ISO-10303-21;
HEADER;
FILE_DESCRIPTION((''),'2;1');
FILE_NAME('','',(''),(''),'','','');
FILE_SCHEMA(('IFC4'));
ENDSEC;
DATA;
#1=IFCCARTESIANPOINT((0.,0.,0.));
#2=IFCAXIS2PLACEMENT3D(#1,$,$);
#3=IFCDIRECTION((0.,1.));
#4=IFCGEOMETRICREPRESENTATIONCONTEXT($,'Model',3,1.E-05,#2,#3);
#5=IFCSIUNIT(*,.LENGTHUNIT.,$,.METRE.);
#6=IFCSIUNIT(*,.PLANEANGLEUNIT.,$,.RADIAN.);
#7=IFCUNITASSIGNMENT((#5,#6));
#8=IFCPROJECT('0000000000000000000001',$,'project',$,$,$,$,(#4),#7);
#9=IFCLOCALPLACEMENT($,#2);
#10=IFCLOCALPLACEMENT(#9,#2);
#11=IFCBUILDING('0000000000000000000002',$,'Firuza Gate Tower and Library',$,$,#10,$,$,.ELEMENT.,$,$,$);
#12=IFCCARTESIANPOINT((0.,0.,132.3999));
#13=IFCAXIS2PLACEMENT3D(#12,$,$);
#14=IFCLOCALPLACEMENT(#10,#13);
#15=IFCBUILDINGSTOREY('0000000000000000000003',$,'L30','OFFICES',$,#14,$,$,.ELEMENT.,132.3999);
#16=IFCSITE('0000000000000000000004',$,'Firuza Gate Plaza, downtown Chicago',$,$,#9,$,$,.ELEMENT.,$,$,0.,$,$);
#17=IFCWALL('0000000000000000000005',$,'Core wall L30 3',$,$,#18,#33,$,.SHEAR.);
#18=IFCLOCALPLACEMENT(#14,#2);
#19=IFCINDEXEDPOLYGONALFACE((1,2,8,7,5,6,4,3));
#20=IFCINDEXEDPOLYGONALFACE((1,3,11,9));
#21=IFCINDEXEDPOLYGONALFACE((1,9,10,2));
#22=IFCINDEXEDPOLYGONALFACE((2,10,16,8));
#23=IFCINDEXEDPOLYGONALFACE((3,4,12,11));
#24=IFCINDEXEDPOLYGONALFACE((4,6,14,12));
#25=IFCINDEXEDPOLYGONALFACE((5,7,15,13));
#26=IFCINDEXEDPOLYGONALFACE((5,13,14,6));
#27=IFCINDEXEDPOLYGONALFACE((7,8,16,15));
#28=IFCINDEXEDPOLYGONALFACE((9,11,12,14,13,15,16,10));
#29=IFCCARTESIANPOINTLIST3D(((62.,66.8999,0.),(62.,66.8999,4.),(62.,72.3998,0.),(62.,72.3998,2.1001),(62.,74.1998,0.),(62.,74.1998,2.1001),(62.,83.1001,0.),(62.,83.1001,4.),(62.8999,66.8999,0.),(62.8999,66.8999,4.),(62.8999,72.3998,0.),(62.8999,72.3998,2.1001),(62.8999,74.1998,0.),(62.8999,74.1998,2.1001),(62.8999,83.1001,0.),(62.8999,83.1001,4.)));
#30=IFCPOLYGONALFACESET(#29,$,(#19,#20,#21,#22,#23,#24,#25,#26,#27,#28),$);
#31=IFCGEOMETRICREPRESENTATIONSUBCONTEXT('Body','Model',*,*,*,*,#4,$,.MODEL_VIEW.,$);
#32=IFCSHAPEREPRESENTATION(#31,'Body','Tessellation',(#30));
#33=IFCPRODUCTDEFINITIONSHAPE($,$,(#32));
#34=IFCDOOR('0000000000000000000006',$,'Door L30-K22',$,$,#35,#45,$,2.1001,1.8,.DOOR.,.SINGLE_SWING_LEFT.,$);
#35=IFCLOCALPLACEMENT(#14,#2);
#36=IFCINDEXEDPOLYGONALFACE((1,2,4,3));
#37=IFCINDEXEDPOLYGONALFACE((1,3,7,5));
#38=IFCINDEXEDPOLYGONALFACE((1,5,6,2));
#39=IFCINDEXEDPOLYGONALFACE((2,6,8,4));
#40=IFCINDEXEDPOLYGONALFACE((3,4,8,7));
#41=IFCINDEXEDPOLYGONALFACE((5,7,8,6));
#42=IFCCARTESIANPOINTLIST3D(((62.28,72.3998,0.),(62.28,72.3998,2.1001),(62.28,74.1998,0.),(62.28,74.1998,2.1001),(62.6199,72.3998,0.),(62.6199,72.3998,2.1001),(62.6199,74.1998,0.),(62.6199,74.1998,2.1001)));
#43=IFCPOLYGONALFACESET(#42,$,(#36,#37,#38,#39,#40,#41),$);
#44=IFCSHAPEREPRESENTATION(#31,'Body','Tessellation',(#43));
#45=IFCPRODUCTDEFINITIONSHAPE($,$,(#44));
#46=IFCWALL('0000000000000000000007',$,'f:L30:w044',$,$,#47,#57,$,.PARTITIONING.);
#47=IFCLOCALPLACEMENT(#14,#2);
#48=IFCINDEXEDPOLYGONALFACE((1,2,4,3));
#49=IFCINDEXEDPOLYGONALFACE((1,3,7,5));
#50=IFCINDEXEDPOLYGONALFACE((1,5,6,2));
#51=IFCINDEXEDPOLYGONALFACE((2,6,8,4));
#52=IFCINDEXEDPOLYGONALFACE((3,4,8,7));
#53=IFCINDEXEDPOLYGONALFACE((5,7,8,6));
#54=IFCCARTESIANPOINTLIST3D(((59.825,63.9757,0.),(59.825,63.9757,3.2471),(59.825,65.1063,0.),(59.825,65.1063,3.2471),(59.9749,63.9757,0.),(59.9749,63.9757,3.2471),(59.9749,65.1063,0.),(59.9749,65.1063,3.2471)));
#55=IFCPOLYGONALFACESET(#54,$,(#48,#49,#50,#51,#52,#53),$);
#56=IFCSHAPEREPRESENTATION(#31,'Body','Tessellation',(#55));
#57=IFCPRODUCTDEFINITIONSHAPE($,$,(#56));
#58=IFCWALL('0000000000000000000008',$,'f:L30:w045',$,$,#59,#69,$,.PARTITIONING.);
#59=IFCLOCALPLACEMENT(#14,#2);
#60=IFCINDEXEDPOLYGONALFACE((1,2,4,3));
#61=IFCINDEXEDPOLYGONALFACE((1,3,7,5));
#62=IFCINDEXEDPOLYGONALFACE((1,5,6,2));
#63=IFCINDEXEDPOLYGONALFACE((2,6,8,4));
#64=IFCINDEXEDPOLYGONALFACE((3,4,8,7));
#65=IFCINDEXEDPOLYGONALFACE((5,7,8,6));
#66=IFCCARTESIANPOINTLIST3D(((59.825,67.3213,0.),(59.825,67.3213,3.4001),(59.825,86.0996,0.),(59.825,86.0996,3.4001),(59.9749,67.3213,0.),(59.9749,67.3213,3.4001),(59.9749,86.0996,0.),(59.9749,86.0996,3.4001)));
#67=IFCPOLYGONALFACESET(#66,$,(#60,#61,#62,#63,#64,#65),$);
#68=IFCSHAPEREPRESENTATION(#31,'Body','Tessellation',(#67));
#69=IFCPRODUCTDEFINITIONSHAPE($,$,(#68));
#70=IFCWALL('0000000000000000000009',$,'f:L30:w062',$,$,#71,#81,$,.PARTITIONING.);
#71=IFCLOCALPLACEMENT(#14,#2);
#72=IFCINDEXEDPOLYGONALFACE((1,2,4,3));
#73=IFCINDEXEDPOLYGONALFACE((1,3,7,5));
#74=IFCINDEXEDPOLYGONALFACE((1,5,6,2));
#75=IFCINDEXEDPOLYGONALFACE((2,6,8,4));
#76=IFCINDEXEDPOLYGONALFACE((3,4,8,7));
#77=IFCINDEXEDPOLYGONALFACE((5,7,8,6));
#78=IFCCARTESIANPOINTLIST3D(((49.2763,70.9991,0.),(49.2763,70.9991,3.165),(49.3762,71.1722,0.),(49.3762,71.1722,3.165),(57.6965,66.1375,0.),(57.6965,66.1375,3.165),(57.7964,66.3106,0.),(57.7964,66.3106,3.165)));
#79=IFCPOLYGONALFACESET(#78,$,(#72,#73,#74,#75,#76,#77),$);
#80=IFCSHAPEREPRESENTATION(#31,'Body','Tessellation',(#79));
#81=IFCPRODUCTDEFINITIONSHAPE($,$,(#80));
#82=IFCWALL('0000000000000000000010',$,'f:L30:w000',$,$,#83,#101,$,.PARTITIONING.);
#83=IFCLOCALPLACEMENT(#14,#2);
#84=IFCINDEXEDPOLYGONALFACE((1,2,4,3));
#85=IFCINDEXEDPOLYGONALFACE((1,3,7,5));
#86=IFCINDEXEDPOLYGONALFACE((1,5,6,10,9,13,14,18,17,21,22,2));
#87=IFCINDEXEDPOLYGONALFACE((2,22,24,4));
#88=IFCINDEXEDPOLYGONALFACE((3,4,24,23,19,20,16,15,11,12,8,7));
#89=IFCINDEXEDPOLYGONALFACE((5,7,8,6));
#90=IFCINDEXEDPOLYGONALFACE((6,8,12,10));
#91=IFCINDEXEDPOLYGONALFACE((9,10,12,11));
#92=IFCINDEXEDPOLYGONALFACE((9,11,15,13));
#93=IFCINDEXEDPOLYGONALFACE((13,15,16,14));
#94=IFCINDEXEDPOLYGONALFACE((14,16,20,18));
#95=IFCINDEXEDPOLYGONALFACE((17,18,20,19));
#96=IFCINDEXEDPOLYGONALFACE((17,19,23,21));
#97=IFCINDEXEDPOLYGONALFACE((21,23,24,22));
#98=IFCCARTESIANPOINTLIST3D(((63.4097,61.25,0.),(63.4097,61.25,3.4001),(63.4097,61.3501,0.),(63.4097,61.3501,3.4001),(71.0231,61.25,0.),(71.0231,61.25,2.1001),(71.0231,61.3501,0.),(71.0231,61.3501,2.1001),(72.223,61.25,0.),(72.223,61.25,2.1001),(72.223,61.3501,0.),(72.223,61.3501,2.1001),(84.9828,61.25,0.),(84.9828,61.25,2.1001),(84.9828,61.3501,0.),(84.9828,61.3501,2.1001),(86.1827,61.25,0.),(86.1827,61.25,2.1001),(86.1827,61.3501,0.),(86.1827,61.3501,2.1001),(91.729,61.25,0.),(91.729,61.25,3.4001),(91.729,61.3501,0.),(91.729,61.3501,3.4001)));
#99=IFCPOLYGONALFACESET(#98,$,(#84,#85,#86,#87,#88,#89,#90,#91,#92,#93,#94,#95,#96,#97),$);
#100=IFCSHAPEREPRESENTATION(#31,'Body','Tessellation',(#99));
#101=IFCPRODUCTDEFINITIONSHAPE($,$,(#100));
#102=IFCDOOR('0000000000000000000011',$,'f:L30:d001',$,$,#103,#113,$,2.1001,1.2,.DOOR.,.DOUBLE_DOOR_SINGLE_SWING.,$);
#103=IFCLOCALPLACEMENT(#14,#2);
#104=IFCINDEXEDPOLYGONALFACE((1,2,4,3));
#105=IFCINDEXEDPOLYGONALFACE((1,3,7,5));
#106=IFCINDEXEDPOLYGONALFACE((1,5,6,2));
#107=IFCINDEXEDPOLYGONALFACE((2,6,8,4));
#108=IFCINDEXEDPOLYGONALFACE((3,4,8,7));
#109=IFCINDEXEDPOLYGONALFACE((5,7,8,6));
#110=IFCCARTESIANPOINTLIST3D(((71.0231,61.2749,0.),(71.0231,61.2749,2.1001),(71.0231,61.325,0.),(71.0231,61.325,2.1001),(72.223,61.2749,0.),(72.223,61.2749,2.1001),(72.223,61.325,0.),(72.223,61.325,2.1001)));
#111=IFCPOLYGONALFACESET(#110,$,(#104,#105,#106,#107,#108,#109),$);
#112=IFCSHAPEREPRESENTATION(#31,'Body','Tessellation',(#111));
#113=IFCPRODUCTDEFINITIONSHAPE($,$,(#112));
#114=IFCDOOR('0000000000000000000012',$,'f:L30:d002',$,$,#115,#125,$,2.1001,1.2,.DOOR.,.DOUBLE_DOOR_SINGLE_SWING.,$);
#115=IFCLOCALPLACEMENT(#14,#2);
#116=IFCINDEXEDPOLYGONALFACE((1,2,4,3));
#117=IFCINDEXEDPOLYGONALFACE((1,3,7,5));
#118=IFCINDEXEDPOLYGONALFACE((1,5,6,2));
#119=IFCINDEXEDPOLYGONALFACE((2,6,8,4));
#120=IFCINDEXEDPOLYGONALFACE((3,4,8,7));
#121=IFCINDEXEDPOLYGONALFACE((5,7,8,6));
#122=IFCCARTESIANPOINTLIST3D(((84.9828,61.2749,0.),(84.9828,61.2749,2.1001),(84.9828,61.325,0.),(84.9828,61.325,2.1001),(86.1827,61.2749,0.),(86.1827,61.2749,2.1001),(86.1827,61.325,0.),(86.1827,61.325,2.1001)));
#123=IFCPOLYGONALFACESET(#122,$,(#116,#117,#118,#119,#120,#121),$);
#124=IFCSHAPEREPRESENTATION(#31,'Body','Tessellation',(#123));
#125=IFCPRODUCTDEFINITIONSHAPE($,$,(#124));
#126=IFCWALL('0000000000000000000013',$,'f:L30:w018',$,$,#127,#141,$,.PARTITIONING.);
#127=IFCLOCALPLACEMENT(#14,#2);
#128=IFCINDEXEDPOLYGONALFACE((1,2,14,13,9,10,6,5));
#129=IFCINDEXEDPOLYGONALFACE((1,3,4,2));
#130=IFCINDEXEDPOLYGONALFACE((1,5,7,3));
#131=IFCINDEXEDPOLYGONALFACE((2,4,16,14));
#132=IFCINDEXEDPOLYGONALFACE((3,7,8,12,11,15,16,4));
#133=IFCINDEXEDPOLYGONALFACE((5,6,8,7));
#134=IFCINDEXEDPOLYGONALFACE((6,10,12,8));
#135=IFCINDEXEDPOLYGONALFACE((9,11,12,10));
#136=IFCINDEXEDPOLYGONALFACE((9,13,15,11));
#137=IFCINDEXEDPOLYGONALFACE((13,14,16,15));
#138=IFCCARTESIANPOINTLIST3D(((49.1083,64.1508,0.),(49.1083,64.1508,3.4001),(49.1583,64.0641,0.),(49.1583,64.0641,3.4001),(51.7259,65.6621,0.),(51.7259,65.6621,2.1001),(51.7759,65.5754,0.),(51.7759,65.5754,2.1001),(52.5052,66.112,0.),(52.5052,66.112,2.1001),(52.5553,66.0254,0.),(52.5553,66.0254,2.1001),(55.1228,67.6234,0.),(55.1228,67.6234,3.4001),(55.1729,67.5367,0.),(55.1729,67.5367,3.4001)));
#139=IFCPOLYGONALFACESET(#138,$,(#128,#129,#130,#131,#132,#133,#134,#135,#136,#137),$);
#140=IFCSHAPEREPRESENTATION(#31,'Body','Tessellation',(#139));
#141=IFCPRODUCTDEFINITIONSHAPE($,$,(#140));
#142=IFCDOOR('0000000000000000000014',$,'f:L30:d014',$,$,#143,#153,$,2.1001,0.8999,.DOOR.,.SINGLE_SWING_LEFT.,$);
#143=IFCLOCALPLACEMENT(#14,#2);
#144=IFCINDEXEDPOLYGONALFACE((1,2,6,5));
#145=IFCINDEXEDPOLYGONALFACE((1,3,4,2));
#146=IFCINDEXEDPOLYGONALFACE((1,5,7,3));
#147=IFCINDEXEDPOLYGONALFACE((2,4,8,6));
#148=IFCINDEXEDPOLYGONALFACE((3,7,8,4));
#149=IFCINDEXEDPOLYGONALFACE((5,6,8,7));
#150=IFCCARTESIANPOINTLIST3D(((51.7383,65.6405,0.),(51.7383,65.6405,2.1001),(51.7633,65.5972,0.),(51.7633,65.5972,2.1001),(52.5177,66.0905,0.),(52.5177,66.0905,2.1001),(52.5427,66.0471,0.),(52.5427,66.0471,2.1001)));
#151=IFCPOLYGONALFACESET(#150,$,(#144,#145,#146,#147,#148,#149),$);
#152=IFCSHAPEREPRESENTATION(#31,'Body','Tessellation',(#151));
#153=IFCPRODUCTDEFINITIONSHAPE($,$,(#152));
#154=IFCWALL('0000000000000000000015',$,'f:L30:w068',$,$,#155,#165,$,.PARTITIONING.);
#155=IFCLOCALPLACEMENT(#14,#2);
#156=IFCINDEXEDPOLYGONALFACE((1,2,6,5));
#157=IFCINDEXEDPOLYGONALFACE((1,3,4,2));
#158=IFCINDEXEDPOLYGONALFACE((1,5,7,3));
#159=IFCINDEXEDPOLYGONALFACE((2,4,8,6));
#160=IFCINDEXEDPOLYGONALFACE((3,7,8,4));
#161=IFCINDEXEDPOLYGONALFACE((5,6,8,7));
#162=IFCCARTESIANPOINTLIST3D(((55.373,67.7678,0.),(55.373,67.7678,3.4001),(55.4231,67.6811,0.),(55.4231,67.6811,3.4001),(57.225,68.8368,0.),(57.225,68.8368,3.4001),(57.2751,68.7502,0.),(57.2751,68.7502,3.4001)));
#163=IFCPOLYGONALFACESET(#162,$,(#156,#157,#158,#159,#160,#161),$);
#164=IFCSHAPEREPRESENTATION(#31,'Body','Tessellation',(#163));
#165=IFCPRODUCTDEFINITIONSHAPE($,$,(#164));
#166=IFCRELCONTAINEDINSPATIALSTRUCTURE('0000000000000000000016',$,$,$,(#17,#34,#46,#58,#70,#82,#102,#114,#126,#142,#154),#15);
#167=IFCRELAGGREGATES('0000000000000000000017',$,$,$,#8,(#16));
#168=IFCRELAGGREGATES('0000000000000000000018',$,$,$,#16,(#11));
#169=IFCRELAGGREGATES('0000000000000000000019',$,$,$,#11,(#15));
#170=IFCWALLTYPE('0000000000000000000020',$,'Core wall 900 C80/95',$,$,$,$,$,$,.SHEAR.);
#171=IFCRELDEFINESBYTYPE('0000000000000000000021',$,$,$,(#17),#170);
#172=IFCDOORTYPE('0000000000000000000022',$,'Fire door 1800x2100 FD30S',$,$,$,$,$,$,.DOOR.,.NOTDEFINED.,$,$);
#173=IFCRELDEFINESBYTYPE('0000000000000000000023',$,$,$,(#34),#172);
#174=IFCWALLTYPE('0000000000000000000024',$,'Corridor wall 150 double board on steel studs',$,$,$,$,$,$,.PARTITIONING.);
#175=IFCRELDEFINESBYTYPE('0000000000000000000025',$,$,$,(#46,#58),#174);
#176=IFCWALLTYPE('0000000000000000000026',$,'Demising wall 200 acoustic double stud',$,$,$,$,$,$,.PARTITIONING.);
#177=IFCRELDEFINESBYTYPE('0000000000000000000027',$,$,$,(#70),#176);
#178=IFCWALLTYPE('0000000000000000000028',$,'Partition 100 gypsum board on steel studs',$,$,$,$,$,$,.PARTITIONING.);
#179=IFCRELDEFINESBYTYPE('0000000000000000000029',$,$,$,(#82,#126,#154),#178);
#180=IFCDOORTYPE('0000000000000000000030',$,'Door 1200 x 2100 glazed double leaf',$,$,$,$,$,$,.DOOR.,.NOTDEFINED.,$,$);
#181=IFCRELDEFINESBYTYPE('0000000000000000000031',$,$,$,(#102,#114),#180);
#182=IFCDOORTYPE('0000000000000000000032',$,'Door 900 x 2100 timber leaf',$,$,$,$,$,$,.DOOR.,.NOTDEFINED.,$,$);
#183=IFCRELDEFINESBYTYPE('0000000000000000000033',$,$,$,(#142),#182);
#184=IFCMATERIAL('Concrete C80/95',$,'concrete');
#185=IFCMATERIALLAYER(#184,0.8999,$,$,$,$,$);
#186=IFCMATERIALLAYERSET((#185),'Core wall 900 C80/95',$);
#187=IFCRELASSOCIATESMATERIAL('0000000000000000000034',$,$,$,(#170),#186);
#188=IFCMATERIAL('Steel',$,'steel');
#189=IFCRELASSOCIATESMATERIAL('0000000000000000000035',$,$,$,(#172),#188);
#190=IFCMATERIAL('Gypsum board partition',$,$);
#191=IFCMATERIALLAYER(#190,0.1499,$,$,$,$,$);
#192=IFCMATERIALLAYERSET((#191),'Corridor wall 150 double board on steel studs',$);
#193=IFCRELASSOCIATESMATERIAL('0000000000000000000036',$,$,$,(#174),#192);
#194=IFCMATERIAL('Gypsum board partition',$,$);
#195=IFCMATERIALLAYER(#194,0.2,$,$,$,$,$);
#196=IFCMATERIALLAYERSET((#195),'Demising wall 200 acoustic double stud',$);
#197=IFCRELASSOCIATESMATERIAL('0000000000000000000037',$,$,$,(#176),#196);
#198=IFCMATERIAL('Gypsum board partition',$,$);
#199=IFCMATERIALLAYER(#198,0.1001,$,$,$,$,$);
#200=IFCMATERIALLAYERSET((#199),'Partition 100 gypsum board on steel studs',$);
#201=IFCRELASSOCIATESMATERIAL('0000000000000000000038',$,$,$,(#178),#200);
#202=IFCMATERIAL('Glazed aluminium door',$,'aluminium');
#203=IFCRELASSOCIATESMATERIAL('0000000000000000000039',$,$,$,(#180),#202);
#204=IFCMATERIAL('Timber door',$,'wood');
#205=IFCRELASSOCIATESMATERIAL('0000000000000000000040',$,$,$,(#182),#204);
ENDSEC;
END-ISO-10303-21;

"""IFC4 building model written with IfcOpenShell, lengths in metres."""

from ifc_helpers import new_model, si_unit, direction, frame, frame_2d, origin, place, context, subcontext, project, spatial, rectangle, extrude, material, layer, layer_set, type_object, element, fill, save


model = new_model("IFC4")

# Units and contexts
model_context = context("Model", 3, precision=1e-05, world=origin(), true_north=direction((0.0, 1.0)))
body_context = subcontext(model_context, "Body", "Model", "MODEL_VIEW")
ifc_project = project(units=[si_unit("LENGTHUNIT", "METRE"), si_unit("PLANEANGLEUNIT", "RADIAN")], contexts=[model_context])

# Site, building, storey
site_placement = place(None, origin())
site = spatial("IfcSite", under=ifc_project, at=site_placement, Name="Firuza Gate Plaza, downtown Chicago", CompositionType="ELEMENT", RefElevation=0.0)
building_placement = place(site_placement, origin())
building = spatial("IfcBuilding", under=site, at=building_placement, Name="Firuza Gate Tower and Library", CompositionType="ELEMENT")
storey_placement = place(building_placement, frame((0.0, 0.0, 132.3999)))
storey = spatial("IfcBuildingStorey", under=building, at=storey_placement, Name="L30", Description="OFFICES", CompositionType="ELEMENT", Elevation=132.3999)

# Shared definitions
ifc_material_1 = material(Name="Concrete C80/95", Category="concrete")
ifc_layer_1 = layer(ifc_material_1, 0.8999)
ifc_layer_set_1 = layer_set([ifc_layer_1], Name="Core wall 900 C80/95")
wall_type_1 = type_object("IfcWallType", Name="Core wall 900 C80/95", PredefinedType="SHEAR", material=ifc_layer_set_1)

# Wall, opening, door
wall_1_placement = place(storey_placement, frame((62.45, 66.8999, 0.0), z_axis=(0.0, 0.0, 1.0), x_axis=(0.0, 1.0, 0.0)))
wall_1 = element("IfcWall", 1, at=wall_1_placement, inside=storey, type_object=wall_type_1, Name="Core wall L30 3", PredefinedType="SHEAR", context=body_context, shape_type="SweptSolid", body=[
    extrude(rectangle(XDim=16.2002, YDim=0.8999, at=frame_2d((8.1001, 0.0))), origin(), (0.0, 0.0, 1.0), 4.0),
])
opening_1_placement = place(wall_1_placement, frame((5.5, 0.0, 0.0)))
opening_1 = element("IfcOpeningElement", 2, at=opening_1_placement, cuts=wall_1, PredefinedType="OPENING", context=body_context, shape_type="SweptSolid", body=[
    extrude(rectangle(XDim=1.8, YDim=2.1001, at=frame_2d((0.8999, 1.05))), frame((0.0, 0.46, 0.0), z_axis=(0.0, -1.0, 0.0), x_axis=(1.0, 0.0, 0.0)), (0.0, 0.0, 1.0), 0.9199),
])
ifc_material_2 = material(Name="Steel", Category="steel")
door_type_1 = type_object("IfcDoorType", Name="Fire door 1800x2100 FD30S", OperationType="NOTDEFINED", PredefinedType="DOOR", material=ifc_material_2)
door_1_placement = place(opening_1_placement, origin())
door_1 = element("IfcDoor", 3, at=door_1_placement, inside=storey, type_object=door_type_1, Name="Door L30-K22", OperationType="SINGLE_SWING_LEFT", OverallHeight=2.1001, OverallWidth=1.8, PredefinedType="DOOR", context=body_context, shape_type="SweptSolid", body=[
    extrude(rectangle(XDim=1.8, YDim=2.1001, at=frame_2d((0.8999, 1.05))), frame((0.0, 0.1699, 0.0), z_axis=(0.0, -1.0, 0.0), x_axis=(1.0, 0.0, 0.0)), (0.0, 0.0, 1.0), 0.3398),
])
fill(opening_1, door_1)

# Walls
ifc_material_3 = material(Name="Gypsum board partition")
ifc_layer_2 = layer(ifc_material_3, 0.1499)
ifc_layer_set_2 = layer_set([ifc_layer_2], Name="Corridor wall 150 double board on steel studs")
wall_type_2 = type_object("IfcWallType", Name="Corridor wall 150 double board on steel studs", PredefinedType="PARTITIONING", material=ifc_layer_set_2)
wall_2_placement = place(storey_placement, frame((59.8999, 63.9756, 0.0), z_axis=(0.0, 0.0, 1.0), x_axis=(0.0, 1.0, 0.0)))
element("IfcWall", 4, at=wall_2_placement, inside=storey, type_object=wall_type_2, Name="f:L30:w044", PredefinedType="PARTITIONING", context=body_context, shape_type="SweptSolid", body=[
    extrude(rectangle(XDim=1.1306, YDim=0.1499, at=frame_2d((0.5654, 0.0))), origin(), (0.0, 0.0, 1.0), 3.2471),
])
wall_3_placement = place(storey_placement, frame((59.8999, 67.3213, 0.0), z_axis=(0.0, 0.0, 1.0), x_axis=(0.0, 1.0, 0.0)))
element("IfcWall", 5, at=wall_3_placement, inside=storey, type_object=wall_type_2, Name="f:L30:w045", PredefinedType="PARTITIONING", context=body_context, shape_type="SweptSolid", body=[
    extrude(rectangle(XDim=18.7783, YDim=0.1499, at=frame_2d((9.3892, 0.0))), origin(), (0.0, 0.0, 1.0), 3.4001),
])
ifc_material_4 = material(Name="Gypsum board partition")
ifc_layer_3 = layer(ifc_material_4, 0.2)
ifc_layer_set_3 = layer_set([ifc_layer_3], Name="Demising wall 200 acoustic double stud")
wall_type_3 = type_object("IfcWallType", Name="Demising wall 200 acoustic double stud", PredefinedType="PARTITIONING", material=ifc_layer_set_3)
wall_4_placement = place(storey_placement, frame((57.7463, 66.2241, 0.0), z_axis=(0.0, 0.0, 1.0), x_axis=(-0.866017, 0.500014, 0.0)))
element("IfcWall", 6, at=wall_4_placement, inside=storey, type_object=wall_type_3, Name="f:L30:w062", PredefinedType="PARTITIONING", context=body_context, shape_type="SweptSolid", body=[
    extrude(rectangle(XDim=9.7229, YDim=0.2, at=frame_2d((4.8613, 0.0))), origin(), (0.0, 0.0, 1.0), 3.165),
])

# Wall, openings, doors
ifc_material_5 = material(Name="Gypsum board partition")
ifc_layer_4 = layer(ifc_material_5, 0.1001)
ifc_layer_set_4 = layer_set([ifc_layer_4], Name="Partition 100 gypsum board on steel studs")
wall_type_4 = type_object("IfcWallType", Name="Partition 100 gypsum board on steel studs", PredefinedType="PARTITIONING", material=ifc_layer_set_4)
wall_5_placement = place(storey_placement, frame((63.4097, 61.3, 0.0), z_axis=(0.0, 0.0, 1.0), x_axis=(1.0, 0.0, 0.0)))
wall_5 = element("IfcWall", 7, at=wall_5_placement, inside=storey, type_object=wall_type_4, Name="f:L30:w000", PredefinedType="PARTITIONING", context=body_context, shape_type="SweptSolid", body=[
    extrude(rectangle(XDim=28.3193, YDim=0.1001, at=frame_2d((14.1597, 0.0))), origin(), (0.0, 0.0, 1.0), 3.4001),
])
opening_2_placement = place(wall_5_placement, frame((7.6133, 0.0, 0.0)))
opening_2 = element("IfcOpeningElement", 8, at=opening_2_placement, cuts=wall_5, PredefinedType="OPENING", context=body_context, shape_type="SweptSolid", body=[
    extrude(rectangle(XDim=1.2, YDim=2.1001, at=frame_2d((0.6001, 1.05))), frame((0.0, 0.0601, 0.0), z_axis=(0.0, -1.0, 0.0), x_axis=(1.0, 0.0, 0.0)), (0.0, 0.0, 1.0), 0.1201),
])
opening_3_placement = place(wall_5_placement, frame((21.573, 0.0, 0.0)))
opening_3 = element("IfcOpeningElement", 9, at=opening_3_placement, cuts=wall_5, PredefinedType="OPENING", context=body_context, shape_type="SweptSolid", body=[
    extrude(rectangle(XDim=1.2, YDim=2.1001, at=frame_2d((0.6001, 1.05))), frame((0.0, 0.0601, 0.0), z_axis=(0.0, -1.0, 0.0), x_axis=(1.0, 0.0, 0.0)), (0.0, 0.0, 1.0), 0.1201),
])
ifc_material_6 = material(Name="Glazed aluminium door", Category="aluminium")
door_type_2 = type_object("IfcDoorType", Name="Door 1200 x 2100 glazed double leaf", OperationType="NOTDEFINED", PredefinedType="DOOR", material=ifc_material_6)
door_2_placement = place(opening_2_placement, origin())
door_2 = element("IfcDoor", 10, at=door_2_placement, inside=storey, type_object=door_type_2, Name="f:L30:d001", OperationType="DOUBLE_DOOR_SINGLE_SWING", OverallHeight=2.1001, OverallWidth=1.2, PredefinedType="DOOR", context=body_context, shape_type="SweptSolid", body=[
    extrude(rectangle(XDim=1.2, YDim=2.1001, at=frame_2d((0.6001, 1.05))), frame((0.0, 0.0249, 0.0), z_axis=(0.0, -1.0, 0.0), x_axis=(1.0, 0.0, 0.0)), (0.0, 0.0, 1.0), 0.05),
])
fill(opening_2, door_2)
door_3_placement = place(opening_3_placement, origin())
door_3 = element("IfcDoor", 11, at=door_3_placement, inside=storey, type_object=door_type_2, Name="f:L30:d002", OperationType="DOUBLE_DOOR_SINGLE_SWING", OverallHeight=2.1001, OverallWidth=1.2, PredefinedType="DOOR", context=body_context, shape_type="SweptSolid", body=[
    extrude(rectangle(XDim=1.2, YDim=2.1001, at=frame_2d((0.6001, 1.05))), frame((0.0, 0.0249, 0.0), z_axis=(0.0, -1.0, 0.0), x_axis=(1.0, 0.0, 0.0)), (0.0, 0.0, 1.0), 0.05),
])
fill(opening_3, door_3)

# Wall, opening, door
wall_6_placement = place(storey_placement, frame((55.1479, 67.5801, 0.0), z_axis=(0.0, 0.0, 1.0), x_axis=(-0.866019, -0.500011, 0.0)))
wall_6 = element("IfcWall", 12, at=wall_6_placement, inside=storey, type_object=wall_type_4, Name="f:L30:w018", PredefinedType="PARTITIONING", context=body_context, shape_type="SweptSolid", body=[
    extrude(rectangle(XDim=6.9451, YDim=0.1001, at=frame_2d((3.4727, 0.0))), origin(), (0.0, 0.0, 1.0), 3.4001),
])
opening_4_placement = place(wall_6_placement, frame((3.0227, 0.0, 0.0)))
opening_4 = element("IfcOpeningElement", 13, at=opening_4_placement, cuts=wall_6, PredefinedType="OPENING", context=body_context, shape_type="SweptSolid", body=[
    extrude(rectangle(XDim=0.8999, YDim=2.1001, at=frame_2d((0.45, 1.05))), frame((0.0, 0.0601, 0.0), z_axis=(0.0, -1.0, 0.0), x_axis=(1.0, 0.0, 0.0)), (0.0, 0.0, 1.0), 0.1201),
])
ifc_material_7 = material(Name="Timber door", Category="wood")
door_type_3 = type_object("IfcDoorType", Name="Door 900 x 2100 timber leaf", OperationType="NOTDEFINED", PredefinedType="DOOR", material=ifc_material_7)
door_4_placement = place(opening_4_placement, origin())
door_4 = element("IfcDoor", 14, at=door_4_placement, inside=storey, type_object=door_type_3, Name="f:L30:d014", OperationType="SINGLE_SWING_LEFT", OverallHeight=2.1001, OverallWidth=0.8999, PredefinedType="DOOR", context=body_context, shape_type="SweptSolid", body=[
    extrude(rectangle(XDim=0.8999, YDim=2.1001, at=frame_2d((0.45, 1.05))), frame((0.0, 0.0249, 0.0), z_axis=(0.0, -1.0, 0.0), x_axis=(1.0, 0.0, 0.0)), (0.0, 0.0, 1.0), 0.05),
])
fill(opening_4, door_4)

# Wall
wall_7_placement = place(storey_placement, frame((55.3979, 67.7244, 0.0), z_axis=(0.0, 0.0, 1.0), x_axis=(0.866064, 0.499933, 0.0)))
element("IfcWall", 15, at=wall_7_placement, inside=storey, type_object=wall_type_4, Name="f:L30:w068", PredefinedType="PARTITIONING", context=body_context, shape_type="SweptSolid", body=[
    extrude(rectangle(XDim=2.1384, YDim=0.1001, at=frame_2d((1.0693, 0.0))), origin(), (0.0, 0.0, 1.0), 3.4001),
])

save(model, "model.ifc")
